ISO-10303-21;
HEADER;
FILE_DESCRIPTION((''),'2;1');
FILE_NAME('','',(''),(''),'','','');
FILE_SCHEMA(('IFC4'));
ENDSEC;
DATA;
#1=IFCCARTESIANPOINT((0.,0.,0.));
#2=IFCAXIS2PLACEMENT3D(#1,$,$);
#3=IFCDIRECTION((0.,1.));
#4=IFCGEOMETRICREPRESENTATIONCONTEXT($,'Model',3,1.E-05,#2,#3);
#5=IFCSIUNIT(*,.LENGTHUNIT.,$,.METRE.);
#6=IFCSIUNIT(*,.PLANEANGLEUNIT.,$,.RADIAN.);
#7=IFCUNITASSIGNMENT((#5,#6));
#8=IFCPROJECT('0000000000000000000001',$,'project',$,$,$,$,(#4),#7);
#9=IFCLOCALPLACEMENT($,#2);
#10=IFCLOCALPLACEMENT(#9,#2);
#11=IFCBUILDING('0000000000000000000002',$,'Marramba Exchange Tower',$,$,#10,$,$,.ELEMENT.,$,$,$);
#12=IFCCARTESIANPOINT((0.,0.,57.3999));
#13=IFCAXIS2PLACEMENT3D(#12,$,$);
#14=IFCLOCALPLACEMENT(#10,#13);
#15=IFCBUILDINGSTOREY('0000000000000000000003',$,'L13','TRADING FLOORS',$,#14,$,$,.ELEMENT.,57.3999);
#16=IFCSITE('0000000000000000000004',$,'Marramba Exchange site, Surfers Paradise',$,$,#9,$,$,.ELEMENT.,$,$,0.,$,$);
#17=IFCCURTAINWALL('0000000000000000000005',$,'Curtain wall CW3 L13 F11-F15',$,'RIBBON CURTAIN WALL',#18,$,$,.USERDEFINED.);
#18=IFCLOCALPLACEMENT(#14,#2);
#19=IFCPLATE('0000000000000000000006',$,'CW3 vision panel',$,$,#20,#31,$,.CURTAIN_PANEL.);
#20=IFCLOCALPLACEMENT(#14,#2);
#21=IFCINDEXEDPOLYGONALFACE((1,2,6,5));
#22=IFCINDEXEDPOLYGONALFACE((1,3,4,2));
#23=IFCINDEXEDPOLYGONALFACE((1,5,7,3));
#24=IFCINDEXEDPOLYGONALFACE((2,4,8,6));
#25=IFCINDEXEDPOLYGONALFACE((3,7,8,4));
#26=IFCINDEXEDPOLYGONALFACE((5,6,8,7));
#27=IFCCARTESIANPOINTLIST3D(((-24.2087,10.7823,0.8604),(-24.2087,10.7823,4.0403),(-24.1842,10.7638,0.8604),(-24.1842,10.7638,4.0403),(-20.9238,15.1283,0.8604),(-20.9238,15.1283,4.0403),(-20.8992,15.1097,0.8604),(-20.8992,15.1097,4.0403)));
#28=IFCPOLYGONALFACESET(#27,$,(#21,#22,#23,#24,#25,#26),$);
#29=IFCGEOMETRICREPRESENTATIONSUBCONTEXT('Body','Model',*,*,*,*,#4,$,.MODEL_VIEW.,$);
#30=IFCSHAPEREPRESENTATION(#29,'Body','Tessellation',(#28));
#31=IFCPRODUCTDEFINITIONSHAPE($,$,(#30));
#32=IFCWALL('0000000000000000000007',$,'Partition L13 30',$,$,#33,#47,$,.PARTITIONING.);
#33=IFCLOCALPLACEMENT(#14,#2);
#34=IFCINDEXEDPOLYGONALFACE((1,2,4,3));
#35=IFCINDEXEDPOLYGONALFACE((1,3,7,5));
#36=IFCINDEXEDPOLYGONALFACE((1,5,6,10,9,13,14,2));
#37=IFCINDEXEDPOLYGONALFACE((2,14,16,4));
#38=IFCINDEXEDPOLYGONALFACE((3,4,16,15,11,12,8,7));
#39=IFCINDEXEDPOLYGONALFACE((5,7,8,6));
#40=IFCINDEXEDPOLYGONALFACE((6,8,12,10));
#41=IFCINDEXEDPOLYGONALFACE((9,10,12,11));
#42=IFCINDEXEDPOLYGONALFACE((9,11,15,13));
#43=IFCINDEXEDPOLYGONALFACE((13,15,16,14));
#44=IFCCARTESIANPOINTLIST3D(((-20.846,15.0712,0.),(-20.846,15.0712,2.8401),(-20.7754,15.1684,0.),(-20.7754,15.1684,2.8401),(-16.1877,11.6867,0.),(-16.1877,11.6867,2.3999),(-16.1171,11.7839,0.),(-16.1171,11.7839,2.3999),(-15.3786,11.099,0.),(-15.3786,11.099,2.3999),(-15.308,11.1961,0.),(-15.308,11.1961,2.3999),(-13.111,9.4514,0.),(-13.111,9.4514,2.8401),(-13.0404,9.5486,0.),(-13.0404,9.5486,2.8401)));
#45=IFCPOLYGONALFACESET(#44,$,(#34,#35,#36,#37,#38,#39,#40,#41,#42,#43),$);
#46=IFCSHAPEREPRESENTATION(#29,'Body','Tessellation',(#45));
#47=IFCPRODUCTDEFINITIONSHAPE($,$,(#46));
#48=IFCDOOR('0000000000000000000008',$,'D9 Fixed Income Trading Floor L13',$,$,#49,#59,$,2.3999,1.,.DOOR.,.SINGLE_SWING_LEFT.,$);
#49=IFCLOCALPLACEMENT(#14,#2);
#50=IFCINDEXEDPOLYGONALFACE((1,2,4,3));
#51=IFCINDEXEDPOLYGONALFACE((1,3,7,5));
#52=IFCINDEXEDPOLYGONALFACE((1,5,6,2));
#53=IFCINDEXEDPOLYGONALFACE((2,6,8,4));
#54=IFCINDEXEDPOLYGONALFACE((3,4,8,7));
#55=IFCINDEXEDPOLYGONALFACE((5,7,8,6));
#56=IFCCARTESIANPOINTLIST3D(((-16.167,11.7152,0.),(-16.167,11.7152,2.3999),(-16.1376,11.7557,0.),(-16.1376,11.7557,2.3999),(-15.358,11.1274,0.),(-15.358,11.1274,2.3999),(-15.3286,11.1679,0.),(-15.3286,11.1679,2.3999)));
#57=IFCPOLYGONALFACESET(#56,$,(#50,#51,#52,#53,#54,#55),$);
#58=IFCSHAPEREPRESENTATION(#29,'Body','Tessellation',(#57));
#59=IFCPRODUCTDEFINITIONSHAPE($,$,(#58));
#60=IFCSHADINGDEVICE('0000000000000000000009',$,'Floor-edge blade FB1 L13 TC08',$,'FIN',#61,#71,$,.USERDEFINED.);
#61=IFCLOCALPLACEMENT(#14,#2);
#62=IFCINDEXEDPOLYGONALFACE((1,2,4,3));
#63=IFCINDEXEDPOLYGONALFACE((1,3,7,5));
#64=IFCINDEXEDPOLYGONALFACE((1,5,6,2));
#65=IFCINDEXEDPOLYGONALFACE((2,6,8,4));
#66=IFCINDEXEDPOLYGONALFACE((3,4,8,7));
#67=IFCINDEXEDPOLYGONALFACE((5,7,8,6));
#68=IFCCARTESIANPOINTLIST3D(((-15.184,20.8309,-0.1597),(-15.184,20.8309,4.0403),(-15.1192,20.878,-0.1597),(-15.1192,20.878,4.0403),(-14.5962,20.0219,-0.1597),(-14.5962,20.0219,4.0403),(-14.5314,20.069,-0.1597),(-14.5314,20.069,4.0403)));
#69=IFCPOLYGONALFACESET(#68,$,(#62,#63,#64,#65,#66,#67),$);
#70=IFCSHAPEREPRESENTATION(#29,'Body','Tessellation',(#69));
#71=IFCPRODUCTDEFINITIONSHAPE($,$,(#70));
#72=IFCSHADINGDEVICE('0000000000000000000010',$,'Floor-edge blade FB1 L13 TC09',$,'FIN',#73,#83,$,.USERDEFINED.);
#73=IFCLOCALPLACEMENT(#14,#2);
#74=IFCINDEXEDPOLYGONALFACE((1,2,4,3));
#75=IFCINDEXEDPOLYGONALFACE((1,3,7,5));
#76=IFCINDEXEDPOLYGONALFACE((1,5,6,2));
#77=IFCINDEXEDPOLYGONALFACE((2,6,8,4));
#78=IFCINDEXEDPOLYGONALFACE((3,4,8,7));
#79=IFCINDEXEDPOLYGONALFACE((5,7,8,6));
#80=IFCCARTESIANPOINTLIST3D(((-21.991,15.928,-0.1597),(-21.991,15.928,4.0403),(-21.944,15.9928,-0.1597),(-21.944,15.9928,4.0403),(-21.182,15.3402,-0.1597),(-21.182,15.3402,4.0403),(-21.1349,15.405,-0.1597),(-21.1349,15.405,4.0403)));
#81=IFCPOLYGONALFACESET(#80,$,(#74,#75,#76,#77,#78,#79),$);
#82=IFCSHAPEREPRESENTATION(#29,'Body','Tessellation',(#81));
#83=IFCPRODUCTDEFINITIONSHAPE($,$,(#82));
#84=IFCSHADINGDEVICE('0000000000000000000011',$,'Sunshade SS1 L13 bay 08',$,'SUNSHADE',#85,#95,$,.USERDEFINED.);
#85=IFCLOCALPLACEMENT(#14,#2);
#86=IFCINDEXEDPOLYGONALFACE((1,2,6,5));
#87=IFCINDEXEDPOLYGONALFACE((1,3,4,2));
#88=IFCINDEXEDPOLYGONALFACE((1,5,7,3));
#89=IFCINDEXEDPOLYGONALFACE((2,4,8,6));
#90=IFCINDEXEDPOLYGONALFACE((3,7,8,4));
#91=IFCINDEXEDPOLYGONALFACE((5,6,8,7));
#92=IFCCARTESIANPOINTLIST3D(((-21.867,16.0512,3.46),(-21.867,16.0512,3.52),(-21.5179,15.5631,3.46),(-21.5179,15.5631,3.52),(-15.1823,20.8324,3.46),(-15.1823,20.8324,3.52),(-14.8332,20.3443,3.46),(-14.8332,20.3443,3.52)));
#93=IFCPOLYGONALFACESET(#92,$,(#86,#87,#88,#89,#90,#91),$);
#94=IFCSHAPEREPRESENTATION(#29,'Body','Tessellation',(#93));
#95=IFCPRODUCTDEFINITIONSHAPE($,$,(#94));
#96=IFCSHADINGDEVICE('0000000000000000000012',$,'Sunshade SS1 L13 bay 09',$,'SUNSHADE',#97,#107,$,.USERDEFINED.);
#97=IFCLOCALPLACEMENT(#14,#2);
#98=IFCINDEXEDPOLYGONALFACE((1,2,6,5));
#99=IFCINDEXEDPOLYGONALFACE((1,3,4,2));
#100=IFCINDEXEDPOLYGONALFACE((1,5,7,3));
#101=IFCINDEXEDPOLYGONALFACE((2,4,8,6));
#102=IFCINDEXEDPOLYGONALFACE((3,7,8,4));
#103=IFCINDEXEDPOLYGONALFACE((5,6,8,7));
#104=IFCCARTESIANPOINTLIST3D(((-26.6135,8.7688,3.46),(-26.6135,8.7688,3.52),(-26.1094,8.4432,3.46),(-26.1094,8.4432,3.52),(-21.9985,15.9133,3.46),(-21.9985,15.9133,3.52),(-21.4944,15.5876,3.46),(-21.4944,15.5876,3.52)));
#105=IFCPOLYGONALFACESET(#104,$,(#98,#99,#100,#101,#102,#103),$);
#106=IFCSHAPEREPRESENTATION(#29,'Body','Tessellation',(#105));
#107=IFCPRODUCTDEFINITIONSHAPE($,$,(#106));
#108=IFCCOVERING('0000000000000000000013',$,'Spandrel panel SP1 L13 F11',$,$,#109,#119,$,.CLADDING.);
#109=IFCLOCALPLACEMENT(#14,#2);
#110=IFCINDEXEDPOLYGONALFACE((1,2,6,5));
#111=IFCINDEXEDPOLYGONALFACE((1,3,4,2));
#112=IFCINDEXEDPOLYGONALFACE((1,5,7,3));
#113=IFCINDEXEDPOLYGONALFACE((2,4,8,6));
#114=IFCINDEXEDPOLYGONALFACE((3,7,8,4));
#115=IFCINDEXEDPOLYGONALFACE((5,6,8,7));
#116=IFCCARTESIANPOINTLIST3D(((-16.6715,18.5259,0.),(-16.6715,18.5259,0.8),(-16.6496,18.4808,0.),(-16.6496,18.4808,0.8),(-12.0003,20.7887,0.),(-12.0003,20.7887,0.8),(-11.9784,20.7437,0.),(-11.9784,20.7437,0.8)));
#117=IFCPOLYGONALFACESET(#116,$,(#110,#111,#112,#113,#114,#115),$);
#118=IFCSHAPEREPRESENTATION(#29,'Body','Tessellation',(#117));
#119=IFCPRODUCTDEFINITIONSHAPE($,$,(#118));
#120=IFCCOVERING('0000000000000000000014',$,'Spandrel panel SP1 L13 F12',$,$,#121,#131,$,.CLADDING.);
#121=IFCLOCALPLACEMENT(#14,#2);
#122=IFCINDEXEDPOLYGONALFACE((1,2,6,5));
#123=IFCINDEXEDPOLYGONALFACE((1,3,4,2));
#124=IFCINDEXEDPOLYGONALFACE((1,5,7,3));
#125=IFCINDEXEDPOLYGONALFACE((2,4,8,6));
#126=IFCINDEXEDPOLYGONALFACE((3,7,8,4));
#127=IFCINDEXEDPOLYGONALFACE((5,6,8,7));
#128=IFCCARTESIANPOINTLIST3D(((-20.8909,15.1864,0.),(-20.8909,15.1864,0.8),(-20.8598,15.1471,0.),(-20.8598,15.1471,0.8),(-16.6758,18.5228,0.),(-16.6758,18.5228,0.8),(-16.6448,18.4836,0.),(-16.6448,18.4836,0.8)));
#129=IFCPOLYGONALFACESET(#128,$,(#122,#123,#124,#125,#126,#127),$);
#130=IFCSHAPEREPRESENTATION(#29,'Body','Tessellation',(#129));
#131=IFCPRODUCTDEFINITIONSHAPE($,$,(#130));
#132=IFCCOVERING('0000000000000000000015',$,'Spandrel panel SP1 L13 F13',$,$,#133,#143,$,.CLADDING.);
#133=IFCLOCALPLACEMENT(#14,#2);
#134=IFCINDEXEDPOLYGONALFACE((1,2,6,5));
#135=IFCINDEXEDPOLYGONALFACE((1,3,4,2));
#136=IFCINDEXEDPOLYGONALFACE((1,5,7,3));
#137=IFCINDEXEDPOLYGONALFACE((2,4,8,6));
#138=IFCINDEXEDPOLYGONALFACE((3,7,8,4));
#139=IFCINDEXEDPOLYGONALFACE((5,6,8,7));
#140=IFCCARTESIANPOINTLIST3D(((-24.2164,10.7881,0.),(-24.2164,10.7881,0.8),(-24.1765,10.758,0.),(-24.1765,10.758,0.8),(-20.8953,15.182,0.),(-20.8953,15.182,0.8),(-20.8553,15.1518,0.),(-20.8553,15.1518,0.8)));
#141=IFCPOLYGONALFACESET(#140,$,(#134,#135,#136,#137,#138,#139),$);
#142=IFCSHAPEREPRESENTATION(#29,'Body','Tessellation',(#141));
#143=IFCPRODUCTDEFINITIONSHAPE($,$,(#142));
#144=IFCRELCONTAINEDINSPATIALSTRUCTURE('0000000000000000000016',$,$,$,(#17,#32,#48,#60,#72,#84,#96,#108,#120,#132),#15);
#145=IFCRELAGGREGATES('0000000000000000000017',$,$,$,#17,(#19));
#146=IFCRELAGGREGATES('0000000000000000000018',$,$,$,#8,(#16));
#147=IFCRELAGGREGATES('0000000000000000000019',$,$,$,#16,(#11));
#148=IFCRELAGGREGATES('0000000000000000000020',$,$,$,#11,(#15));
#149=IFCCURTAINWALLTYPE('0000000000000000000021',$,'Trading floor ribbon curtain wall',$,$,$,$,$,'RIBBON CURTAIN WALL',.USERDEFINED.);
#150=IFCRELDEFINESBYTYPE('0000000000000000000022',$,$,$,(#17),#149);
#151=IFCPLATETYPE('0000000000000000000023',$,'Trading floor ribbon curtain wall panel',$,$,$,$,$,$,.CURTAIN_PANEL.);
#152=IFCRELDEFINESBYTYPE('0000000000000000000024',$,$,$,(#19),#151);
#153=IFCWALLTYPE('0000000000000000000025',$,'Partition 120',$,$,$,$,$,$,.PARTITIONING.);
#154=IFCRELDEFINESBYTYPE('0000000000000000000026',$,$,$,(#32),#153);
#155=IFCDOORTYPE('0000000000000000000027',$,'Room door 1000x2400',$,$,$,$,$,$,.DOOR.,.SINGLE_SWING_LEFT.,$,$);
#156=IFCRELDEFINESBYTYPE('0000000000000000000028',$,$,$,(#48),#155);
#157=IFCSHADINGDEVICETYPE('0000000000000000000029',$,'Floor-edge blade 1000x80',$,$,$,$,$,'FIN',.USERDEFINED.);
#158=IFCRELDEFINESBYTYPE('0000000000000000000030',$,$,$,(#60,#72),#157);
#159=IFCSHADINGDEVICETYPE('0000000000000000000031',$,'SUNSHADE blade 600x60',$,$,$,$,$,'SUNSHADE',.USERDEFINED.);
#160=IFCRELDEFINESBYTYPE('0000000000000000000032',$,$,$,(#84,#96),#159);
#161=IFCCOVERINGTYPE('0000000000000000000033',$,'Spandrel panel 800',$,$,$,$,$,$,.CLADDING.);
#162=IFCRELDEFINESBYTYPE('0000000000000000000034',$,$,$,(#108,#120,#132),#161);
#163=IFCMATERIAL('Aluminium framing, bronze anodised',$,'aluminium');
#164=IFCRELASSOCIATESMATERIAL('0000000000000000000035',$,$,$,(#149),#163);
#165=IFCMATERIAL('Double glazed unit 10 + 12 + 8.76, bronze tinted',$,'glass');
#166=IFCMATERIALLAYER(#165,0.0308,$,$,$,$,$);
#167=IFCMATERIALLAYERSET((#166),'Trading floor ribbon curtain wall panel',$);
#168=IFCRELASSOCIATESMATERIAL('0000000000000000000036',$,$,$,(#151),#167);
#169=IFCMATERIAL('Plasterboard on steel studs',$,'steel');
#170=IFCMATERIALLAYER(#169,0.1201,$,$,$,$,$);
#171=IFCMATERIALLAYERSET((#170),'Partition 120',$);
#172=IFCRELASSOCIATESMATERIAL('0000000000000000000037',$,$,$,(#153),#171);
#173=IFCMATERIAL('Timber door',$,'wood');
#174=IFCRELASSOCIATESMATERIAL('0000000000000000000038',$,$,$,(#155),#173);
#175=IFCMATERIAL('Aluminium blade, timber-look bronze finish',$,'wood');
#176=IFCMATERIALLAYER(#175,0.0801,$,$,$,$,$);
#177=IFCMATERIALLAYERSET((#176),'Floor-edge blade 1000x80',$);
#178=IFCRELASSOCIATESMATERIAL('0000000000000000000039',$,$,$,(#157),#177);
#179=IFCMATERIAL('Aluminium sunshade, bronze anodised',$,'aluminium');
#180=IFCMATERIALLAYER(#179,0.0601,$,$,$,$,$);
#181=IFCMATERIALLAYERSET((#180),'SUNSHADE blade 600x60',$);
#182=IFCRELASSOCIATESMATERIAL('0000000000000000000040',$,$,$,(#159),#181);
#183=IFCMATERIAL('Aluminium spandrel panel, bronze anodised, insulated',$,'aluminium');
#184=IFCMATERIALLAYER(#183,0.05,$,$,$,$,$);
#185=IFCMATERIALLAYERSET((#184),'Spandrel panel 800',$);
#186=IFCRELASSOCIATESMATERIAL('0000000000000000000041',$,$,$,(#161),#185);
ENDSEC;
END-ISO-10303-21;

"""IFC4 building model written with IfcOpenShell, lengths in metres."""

from ifc_helpers import new_model, si_unit, direction, frame, frame_2d, origin, origin_2d, place, context, subcontext, project, spatial, rectangle, extrude, material, layer, layer_set, type_object, element, fill, aggregate, save


model = new_model("IFC4")

# Units and contexts
model_context = context("Model", 3, precision=1e-05, world=origin(), true_north=direction((0.0, 1.0)))
body_context = subcontext(model_context, "Body", "Model", "MODEL_VIEW")
ifc_project = project(units=[si_unit("LENGTHUNIT", "METRE"), si_unit("PLANEANGLEUNIT", "RADIAN")], contexts=[model_context])

# Site, building, storey
site_placement = place(None, origin())
site = spatial("IfcSite", under=ifc_project, at=site_placement, Name="Marramba Exchange site, Surfers Paradise", CompositionType="ELEMENT", RefElevation=0.0)
building_placement = place(site_placement, origin())
building = spatial("IfcBuilding", under=site, at=building_placement, Name="Marramba Exchange Tower", CompositionType="ELEMENT")
storey_placement = place(building_placement, frame((0.0, 0.0, 57.3999)))
storey = spatial("IfcBuildingStorey", under=building, at=storey_placement, Name="L13", Description="TRADING FLOORS", CompositionType="ELEMENT", Elevation=57.3999)

# Curtain wall, plate
ifc_material_1 = material(Name="Aluminium framing, bronze anodised", Category="aluminium")
curtain_wall_type = type_object("IfcCurtainWallType", Name="Trading floor ribbon curtain wall", ElementType="RIBBON CURTAIN WALL", PredefinedType="USERDEFINED", material=ifc_material_1)
curtain_wall_placement = place(storey_placement, origin())
curtain_wall = element("IfcCurtainWall", 1, at=curtain_wall_placement, inside=storey, type_object=curtain_wall_type, Name="Curtain wall CW3 L13 F11-F15", ObjectType="RIBBON CURTAIN WALL", PredefinedType="USERDEFINED")
ifc_material_2 = material(Name="Double glazed unit 10 + 12 + 8.76, bronze tinted", Category="glass")
ifc_layer_1 = layer(ifc_material_2, 0.0308)
ifc_layer_set_1 = layer_set([ifc_layer_1], Name="Trading floor ribbon curtain wall panel")
plate_type = type_object("IfcPlateType", Name="Trading floor ribbon curtain wall panel", PredefinedType="CURTAIN_PANEL", material=ifc_layer_set_1)
plate_1_placement = place(storey_placement, frame((-22.554, 12.946, 0.8604), z_axis=(0.0, 0.0, 1.0), x_axis=(-0.60299, -0.797749, 0.0)))
plate_1 = element("IfcPlate", 2, at=plate_1_placement, type_object=plate_type, Name="CW3 vision panel", PredefinedType="CURTAIN_PANEL", context=body_context, shape_type="SweptSolid", body=[
    extrude(rectangle(XDim=5.4478, YDim=0.0308, at=origin_2d()), origin(), (0.0, 0.0, 1.0), 3.1799),
])
aggregate(curtain_wall, [plate_1])

# Wall, opening, door
ifc_material_3 = material(Name="Plasterboard on steel studs", Category="steel")
ifc_layer_2 = layer(ifc_material_3, 0.1201)
ifc_layer_set_2 = layer_set([ifc_layer_2], Name="Partition 120")
wall_type = type_object("IfcWallType", Name="Partition 120", PredefinedType="PARTITIONING", material=ifc_layer_set_2)
wall_placement = place(storey_placement, frame((-13.0757, 9.5, 0.0), z_axis=(0.0, 0.0, 1.0), x_axis=(-0.809018, 0.587784, 0.0)))
wall = element("IfcWall", 3, at=wall_placement, inside=storey, type_object=wall_type, Name="Partition L13 30", PredefinedType="PARTITIONING", context=body_context, shape_type="SweptSolid", body=[
    extrude(rectangle(XDim=9.561, YDim=0.1201, at=frame_2d((4.7805, 0.0))), origin(), (0.0, 0.0, 1.0), 2.8401),
])
opening_placement = place(wall_placement, frame((2.803, 0.0, 0.0)))
opening = element("IfcOpeningElement", 4, at=opening_placement, cuts=wall, PredefinedType="OPENING", context=body_context, shape_type="SweptSolid", body=[
    extrude(rectangle(XDim=1.0, YDim=2.3999, at=frame_2d((0.5, 1.2))), frame((0.0, 0.0701, 0.0), z_axis=(0.0, -1.0, 0.0), x_axis=(1.0, 0.0, 0.0)), (0.0, 0.0, 1.0), 0.1401),
])
ifc_material_4 = material(Name="Timber door", Category="wood")
door_type = type_object("IfcDoorType", Name="Room door 1000x2400", OperationType="SINGLE_SWING_LEFT", PredefinedType="DOOR", material=ifc_material_4)
door_placement = place(opening_placement, origin())
door = element("IfcDoor", 5, at=door_placement, inside=storey, type_object=door_type, Name="D9 Fixed Income Trading Floor L13", OperationType="SINGLE_SWING_LEFT", OverallHeight=2.3999, OverallWidth=1.0, PredefinedType="DOOR", context=body_context, shape_type="SweptSolid", body=[
    extrude(rectangle(XDim=1.0, YDim=2.3999, at=frame_2d((0.5, 1.2))), frame((0.0, 0.0249, 0.0), z_axis=(0.0, -1.0, 0.0), x_axis=(1.0, 0.0, 0.0)), (0.0, 0.0, 1.0), 0.05),
])
fill(opening, door)

# Shading devices
ifc_material_5 = material(Name="Aluminium blade, timber-look bronze finish", Category="wood")
ifc_layer_3 = layer(ifc_material_5, 0.0801)
ifc_layer_set_3 = layer_set([ifc_layer_3], Name="Floor-edge blade 1000x80")
shading_device_type_1 = type_object("IfcShadingDeviceType", Name="Floor-edge blade 1000x80", ElementType="FIN", PredefinedType="USERDEFINED", material=ifc_layer_set_3)
for number, where, z_axis, x_axis, name in (
    (6, (-14.8577, 20.45, -0.1597), (0.0, 0.0, 1.0), (-0.587785, 0.809017, 0.0), "Floor-edge blade FB1 L13 TC08"),
    (7, (-21.563, 15.6665, -0.1597), (0.0, 0.0, 1.0), (-0.809017, 0.587785, 0.0), "Floor-edge blade FB1 L13 TC09"),
):
    element("IfcShadingDevice", number, at=place(storey_placement, frame(where, z_axis=z_axis, x_axis=x_axis)), inside=storey, type_object=shading_device_type_1, Name=name, ObjectType="FIN", PredefinedType="USERDEFINED", context=body_context, shape_type="SweptSolid", body=[
        extrude(rectangle(XDim=1.0, YDim=0.0801, at=origin_2d()), origin(), (0.0, 0.0, 1.0), 4.2),
    ])
ifc_material_6 = material(Name="Aluminium sunshade, bronze anodised", Category="aluminium")
ifc_layer_4 = layer(ifc_material_6, 0.0601)
ifc_layer_set_4 = layer_set([ifc_layer_4], Name="SUNSHADE blade 600x60")
shading_device_type_2 = type_object("IfcShadingDeviceType", Name="SUNSHADE blade 600x60", ElementType="SUNSHADE", PredefinedType="USERDEFINED", material=ifc_layer_set_4)
shading_device_1_placement = place(storey_placement, frame((-18.3501, 18.1978, 3.46), z_axis=(0.0, 0.0, 1.0), x_axis=(-0.813363, -0.581757, 0.0)))
element("IfcShadingDevice", 8, at=shading_device_1_placement, inside=storey, type_object=shading_device_type_2, Name="Sunshade SS1 L13 bay 08", ObjectType="SUNSHADE", PredefinedType="USERDEFINED", context=body_context, shape_type="SweptSolid", body=[
    extrude(rectangle(XDim=8.2185, YDim=0.6001, at=origin_2d()), origin(), (0.0, 0.0, 1.0), 0.0601),
])
shading_device_2_placement = place(storey_placement, frame((-24.054, 12.1782, 3.46), z_axis=(0.0, 0.0, 1.0), x_axis=(-0.542597, -0.839993, 0.0)))
element("IfcShadingDevice", 9, at=shading_device_2_placement, inside=storey, type_object=shading_device_type_2, Name="Sunshade SS1 L13 bay 09", ObjectType="SUNSHADE", PredefinedType="USERDEFINED", context=body_context, shape_type="SweptSolid", body=[
    extrude(rectangle(XDim=8.5054, YDim=0.6001, at=origin_2d()), origin(), (0.0, 0.0, 1.0), 0.0601),
])

# Coverings
ifc_material_7 = material(Name="Aluminium spandrel panel, bronze anodised, insulated", Category="aluminium")
ifc_layer_5 = layer(ifc_material_7, 0.05)
ifc_layer_set_5 = layer_set([ifc_layer_5], Name="Spandrel panel 800")
covering_type = type_object("IfcCoveringType", Name="Spandrel panel 800", PredefinedType="CLADDING", material=ifc_layer_set_5)
covering_1_placement = place(storey_placement, frame((-14.325, 19.6348, 0.0), z_axis=(0.0, 0.0, 1.0), x_axis=(-0.899963, -0.435965, 0.0)))
element("IfcCovering", 10, at=covering_1_placement, inside=storey, type_object=covering_type, Name="Spandrel panel SP1 L13 F11", PredefinedType="CLADDING", context=body_context, shape_type="SweptSolid", body=[
    extrude(rectangle(XDim=5.1904, YDim=0.05, at=origin_2d()), origin(), (0.0, 0.0, 1.0), 0.8),
])
covering_2_placement = place(storey_placement, frame((-18.7678, 16.835, 0.0), z_axis=(0.0, 0.0, 1.0), x_axis=(-0.784088, -0.62065, 0.0)))
element("IfcCovering", 11, at=covering_2_placement, inside=storey, type_object=covering_type, Name="Spandrel panel SP1 L13 F12", PredefinedType="CLADDING", context=body_context, shape_type="SweptSolid", body=[
    extrude(rectangle(XDim=5.3757, YDim=0.05, at=origin_2d()), origin(), (0.0, 0.0, 1.0), 0.8),
])
covering_3_placement = place(storey_placement, frame((-22.5359, 12.97, 0.0), z_axis=(0.0, 0.0, 1.0), x_axis=(-0.60299, -0.797749, 0.0)))
element("IfcCovering", 12, at=covering_3_placement, inside=storey, type_object=covering_type, Name="Spandrel panel SP1 L13 F13", PredefinedType="CLADDING", context=body_context, shape_type="SweptSolid", body=[
    extrude(rectangle(XDim=5.5078, YDim=0.05, at=origin_2d()), origin(), (0.0, 0.0, 1.0), 0.8),
])

save(model, "model.ifc")
